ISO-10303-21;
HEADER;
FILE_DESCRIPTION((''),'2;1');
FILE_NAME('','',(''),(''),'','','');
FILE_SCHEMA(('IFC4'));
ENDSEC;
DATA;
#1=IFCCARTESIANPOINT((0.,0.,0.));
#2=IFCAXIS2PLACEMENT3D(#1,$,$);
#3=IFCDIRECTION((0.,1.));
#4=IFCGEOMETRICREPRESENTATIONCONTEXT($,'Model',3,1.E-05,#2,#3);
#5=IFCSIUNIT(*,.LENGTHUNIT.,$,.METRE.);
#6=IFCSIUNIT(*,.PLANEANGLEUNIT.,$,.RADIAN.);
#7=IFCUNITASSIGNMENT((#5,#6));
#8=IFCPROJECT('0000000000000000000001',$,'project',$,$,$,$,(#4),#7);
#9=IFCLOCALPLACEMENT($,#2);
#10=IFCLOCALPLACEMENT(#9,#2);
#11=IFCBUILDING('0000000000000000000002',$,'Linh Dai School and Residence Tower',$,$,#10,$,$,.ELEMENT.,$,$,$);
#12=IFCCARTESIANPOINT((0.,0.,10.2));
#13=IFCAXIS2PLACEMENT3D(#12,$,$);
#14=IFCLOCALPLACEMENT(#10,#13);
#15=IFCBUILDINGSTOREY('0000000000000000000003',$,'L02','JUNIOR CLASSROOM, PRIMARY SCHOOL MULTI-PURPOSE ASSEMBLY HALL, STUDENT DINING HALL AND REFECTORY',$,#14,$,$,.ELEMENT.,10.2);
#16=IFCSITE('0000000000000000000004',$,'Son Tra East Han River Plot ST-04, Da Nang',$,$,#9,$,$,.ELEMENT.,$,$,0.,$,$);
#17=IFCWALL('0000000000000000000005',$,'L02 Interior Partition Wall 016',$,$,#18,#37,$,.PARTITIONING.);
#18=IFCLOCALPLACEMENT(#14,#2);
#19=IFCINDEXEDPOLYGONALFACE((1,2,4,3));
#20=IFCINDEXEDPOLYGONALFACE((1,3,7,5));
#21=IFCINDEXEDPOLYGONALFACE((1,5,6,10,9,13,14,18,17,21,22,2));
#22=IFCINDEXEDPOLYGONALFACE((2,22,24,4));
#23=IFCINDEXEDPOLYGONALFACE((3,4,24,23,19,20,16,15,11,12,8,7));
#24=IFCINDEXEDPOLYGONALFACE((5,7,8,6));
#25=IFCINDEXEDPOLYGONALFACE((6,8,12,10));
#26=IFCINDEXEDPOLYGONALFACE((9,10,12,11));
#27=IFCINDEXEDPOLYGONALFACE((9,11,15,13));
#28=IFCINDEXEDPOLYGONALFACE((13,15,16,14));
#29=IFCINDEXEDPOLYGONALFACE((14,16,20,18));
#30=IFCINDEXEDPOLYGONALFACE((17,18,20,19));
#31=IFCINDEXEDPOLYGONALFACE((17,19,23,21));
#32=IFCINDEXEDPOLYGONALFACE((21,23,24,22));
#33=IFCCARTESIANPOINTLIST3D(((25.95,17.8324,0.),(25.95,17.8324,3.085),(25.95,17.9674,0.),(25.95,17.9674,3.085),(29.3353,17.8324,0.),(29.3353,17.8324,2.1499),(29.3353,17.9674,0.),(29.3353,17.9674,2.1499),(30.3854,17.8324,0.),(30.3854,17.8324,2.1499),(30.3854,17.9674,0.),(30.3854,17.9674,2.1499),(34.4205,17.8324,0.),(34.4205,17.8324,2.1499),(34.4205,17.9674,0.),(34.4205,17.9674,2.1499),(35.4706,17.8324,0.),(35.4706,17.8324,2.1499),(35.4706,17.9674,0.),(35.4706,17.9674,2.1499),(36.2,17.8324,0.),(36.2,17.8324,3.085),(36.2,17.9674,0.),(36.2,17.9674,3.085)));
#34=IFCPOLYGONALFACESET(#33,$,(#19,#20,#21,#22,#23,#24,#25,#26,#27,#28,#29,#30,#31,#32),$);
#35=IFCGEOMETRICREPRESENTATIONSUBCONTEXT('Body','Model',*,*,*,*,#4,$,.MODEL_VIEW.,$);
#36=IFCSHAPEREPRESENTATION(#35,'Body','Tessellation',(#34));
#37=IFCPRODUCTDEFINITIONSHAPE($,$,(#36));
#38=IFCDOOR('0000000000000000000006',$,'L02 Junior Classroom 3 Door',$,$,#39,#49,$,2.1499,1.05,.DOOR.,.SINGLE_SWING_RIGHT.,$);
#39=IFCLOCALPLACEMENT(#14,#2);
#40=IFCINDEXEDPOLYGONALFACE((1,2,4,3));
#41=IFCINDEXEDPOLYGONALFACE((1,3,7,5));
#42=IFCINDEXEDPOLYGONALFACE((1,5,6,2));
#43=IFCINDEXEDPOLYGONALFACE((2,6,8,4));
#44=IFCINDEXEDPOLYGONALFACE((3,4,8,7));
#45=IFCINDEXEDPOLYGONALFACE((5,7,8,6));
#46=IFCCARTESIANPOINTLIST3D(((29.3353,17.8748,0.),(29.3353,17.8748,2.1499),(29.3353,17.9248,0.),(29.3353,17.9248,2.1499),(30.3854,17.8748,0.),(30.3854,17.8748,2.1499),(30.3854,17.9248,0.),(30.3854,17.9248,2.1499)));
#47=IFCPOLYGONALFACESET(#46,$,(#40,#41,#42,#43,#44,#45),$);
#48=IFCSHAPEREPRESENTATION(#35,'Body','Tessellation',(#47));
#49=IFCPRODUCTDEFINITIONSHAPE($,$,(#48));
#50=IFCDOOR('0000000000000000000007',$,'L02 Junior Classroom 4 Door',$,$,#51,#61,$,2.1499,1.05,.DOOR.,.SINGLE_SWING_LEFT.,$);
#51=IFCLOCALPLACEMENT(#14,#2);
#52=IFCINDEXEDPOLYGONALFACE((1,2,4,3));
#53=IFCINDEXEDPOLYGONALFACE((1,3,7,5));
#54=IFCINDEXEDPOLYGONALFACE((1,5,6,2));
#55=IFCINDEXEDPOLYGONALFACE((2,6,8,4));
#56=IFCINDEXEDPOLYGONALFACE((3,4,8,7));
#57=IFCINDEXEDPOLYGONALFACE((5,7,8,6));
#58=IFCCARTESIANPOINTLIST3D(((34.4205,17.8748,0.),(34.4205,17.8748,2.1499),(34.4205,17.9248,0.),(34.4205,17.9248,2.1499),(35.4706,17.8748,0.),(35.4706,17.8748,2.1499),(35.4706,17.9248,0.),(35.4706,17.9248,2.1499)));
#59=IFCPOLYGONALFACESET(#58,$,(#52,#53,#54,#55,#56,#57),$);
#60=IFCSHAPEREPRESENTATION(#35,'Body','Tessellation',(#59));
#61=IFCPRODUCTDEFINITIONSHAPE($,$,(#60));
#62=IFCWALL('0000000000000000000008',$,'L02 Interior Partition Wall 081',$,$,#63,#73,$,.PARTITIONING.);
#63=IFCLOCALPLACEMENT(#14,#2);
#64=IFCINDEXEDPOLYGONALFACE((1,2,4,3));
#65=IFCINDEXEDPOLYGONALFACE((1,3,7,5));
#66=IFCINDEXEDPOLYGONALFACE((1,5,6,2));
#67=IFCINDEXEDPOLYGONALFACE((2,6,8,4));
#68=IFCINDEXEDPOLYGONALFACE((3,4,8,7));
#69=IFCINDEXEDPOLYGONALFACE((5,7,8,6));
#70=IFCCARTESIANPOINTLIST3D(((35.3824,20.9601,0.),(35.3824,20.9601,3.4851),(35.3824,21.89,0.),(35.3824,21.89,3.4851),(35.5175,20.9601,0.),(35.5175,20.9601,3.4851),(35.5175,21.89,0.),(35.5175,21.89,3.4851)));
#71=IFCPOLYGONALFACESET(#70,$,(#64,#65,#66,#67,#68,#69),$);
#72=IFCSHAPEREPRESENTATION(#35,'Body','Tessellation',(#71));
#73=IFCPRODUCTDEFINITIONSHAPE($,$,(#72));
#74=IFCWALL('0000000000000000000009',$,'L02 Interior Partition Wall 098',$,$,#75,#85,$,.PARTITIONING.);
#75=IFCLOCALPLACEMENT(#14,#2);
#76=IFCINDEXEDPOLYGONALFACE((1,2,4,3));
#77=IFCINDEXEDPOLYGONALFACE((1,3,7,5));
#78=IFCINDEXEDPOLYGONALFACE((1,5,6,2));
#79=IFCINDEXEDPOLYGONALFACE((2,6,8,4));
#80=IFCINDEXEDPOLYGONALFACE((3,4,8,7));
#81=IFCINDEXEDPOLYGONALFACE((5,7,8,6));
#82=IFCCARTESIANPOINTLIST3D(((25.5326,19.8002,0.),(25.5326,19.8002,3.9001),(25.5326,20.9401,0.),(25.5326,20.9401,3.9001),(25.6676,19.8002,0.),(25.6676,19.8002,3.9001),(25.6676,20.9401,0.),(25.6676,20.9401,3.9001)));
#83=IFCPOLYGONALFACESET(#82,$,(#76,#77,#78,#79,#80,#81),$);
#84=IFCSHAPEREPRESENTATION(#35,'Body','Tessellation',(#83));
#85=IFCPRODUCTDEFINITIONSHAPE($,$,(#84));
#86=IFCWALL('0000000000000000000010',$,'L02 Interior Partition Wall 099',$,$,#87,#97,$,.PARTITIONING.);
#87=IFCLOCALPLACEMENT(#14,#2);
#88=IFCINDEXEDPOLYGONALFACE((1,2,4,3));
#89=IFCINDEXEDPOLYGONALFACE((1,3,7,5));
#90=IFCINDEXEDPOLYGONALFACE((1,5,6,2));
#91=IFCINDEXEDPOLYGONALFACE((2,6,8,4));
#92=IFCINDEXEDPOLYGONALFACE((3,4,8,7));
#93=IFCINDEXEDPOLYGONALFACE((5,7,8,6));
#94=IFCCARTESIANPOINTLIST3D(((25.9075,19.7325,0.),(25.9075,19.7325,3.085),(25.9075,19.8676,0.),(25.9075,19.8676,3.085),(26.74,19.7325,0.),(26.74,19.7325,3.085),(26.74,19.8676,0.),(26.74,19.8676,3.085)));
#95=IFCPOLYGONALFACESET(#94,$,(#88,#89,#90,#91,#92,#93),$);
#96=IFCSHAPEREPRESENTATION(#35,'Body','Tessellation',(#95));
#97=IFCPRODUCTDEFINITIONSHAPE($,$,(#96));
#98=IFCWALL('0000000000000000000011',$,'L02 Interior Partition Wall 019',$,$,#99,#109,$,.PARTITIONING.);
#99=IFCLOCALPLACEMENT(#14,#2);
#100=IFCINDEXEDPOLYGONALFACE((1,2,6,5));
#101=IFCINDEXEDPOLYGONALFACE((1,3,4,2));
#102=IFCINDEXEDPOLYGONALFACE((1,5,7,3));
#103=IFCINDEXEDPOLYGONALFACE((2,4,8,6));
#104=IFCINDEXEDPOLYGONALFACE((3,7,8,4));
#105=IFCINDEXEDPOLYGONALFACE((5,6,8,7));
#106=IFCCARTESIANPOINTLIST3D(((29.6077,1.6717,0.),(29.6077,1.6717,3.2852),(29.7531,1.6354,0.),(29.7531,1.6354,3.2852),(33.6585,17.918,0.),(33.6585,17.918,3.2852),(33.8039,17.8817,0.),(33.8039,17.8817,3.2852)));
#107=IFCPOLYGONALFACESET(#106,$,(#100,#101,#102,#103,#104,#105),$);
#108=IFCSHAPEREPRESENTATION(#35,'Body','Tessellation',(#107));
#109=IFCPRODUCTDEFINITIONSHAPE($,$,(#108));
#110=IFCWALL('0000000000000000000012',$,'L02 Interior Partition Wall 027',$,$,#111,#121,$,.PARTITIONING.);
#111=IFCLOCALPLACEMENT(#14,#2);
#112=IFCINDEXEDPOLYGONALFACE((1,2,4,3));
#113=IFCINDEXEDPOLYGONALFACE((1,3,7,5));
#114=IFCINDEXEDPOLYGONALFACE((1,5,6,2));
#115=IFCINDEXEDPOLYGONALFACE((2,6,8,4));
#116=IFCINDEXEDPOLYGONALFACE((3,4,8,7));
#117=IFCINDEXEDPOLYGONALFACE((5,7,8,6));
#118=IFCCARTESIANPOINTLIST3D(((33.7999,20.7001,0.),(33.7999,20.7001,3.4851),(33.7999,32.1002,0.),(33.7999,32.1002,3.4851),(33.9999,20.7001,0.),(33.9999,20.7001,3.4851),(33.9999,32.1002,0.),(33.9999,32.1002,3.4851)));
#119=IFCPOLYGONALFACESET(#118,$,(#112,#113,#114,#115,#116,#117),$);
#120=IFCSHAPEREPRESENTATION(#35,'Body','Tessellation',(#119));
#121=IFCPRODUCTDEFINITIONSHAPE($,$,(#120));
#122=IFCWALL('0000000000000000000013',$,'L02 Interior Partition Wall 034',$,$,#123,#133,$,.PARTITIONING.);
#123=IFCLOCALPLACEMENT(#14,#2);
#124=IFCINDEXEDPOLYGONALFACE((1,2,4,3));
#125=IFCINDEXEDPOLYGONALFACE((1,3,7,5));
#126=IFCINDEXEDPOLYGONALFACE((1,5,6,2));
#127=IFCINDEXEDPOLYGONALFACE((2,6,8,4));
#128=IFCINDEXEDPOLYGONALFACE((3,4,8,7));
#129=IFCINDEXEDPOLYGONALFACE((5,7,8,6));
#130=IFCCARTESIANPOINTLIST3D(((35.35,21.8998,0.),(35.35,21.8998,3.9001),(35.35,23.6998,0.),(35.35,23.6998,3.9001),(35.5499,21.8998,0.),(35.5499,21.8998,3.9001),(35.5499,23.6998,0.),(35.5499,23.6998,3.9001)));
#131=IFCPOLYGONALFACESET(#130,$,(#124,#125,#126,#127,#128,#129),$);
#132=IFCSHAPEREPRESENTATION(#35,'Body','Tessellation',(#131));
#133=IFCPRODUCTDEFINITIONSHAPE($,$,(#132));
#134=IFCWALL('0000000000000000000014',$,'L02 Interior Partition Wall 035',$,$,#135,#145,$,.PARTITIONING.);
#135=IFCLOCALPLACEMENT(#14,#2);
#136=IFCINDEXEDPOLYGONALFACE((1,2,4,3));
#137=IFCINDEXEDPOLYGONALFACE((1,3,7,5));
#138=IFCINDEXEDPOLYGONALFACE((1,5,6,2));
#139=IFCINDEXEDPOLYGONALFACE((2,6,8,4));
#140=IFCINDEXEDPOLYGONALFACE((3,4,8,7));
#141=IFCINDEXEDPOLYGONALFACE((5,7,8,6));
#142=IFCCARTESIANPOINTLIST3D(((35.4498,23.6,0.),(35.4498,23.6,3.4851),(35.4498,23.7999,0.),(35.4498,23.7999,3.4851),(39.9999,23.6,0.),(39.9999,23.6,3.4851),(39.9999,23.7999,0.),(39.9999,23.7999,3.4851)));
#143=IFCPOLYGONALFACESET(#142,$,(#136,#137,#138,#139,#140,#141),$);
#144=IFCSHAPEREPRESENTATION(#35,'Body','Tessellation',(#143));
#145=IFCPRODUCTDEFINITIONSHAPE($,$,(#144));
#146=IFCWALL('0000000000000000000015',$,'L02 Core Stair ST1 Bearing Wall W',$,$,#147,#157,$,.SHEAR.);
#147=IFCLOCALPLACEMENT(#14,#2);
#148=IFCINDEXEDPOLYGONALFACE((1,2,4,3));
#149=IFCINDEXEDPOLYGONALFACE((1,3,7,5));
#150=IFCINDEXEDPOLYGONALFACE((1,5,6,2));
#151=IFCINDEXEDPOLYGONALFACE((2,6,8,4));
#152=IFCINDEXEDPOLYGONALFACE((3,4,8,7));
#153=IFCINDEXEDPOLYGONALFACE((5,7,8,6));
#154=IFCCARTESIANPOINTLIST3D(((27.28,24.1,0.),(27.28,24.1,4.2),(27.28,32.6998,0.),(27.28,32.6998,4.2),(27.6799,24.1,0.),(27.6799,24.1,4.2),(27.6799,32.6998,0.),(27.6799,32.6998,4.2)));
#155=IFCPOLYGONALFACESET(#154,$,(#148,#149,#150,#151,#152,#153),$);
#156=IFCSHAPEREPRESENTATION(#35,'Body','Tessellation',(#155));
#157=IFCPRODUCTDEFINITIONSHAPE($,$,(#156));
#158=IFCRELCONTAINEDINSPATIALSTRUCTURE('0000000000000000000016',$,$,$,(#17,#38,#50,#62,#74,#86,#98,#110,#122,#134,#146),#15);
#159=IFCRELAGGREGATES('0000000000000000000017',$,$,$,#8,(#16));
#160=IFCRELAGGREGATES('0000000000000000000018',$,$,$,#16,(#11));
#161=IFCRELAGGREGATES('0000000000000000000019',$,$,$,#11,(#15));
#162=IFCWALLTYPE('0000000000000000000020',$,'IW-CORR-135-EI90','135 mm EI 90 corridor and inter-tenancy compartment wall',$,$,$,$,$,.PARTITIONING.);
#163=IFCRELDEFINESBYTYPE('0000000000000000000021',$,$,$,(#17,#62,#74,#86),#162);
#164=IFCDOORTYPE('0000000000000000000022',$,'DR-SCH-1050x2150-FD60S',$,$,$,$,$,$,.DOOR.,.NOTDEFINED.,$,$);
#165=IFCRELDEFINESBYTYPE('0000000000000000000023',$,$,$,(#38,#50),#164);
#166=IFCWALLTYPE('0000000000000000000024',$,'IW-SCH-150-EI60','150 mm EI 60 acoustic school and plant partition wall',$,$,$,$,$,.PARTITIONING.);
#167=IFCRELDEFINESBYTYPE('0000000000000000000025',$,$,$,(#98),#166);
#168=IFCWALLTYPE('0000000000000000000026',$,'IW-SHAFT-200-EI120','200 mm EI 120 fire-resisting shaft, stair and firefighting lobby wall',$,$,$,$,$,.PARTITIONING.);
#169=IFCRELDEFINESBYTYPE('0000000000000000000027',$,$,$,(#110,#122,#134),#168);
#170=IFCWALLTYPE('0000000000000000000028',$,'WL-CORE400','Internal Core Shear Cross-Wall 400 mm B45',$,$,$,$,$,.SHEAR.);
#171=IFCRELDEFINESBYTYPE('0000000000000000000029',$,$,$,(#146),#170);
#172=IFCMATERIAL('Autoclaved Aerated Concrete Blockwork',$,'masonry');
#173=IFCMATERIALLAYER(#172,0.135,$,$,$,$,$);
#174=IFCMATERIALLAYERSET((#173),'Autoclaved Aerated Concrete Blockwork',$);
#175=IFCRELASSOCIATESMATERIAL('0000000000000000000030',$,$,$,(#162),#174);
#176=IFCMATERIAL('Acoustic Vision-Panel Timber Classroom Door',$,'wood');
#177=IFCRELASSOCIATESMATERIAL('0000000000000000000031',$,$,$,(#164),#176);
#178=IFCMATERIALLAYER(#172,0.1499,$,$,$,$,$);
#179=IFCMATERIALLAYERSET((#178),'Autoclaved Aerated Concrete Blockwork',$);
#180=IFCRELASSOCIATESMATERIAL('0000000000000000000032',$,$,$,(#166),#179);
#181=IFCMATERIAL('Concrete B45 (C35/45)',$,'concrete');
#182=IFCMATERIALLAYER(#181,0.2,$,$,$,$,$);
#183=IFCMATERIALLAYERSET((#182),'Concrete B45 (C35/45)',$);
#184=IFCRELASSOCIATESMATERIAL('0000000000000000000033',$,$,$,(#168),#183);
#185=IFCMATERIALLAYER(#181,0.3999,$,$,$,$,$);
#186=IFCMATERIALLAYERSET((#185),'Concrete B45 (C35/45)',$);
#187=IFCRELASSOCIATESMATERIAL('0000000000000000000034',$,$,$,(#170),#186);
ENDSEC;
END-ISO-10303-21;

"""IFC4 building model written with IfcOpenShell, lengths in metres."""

from ifc_helpers import new_model, si_unit, direction, frame, frame_2d, origin, origin_2d, place, context, subcontext, project, spatial, rectangle, extrude, source, transform, mapped, material, layer, layer_set, type_object, element, fill, save


model = new_model("IFC4")

# Units and contexts
model_context = context("Model", 3, precision=1e-05, world=origin(), true_north=direction((0.0, 1.0)))
body_context = subcontext(model_context, "Body", "Model", "MODEL_VIEW")
ifc_project = project(units=[si_unit("LENGTHUNIT", "METRE"), si_unit("PLANEANGLEUNIT", "RADIAN")], contexts=[model_context])

# Site, building, storey
site_placement = place(None, origin())
site = spatial("IfcSite", under=ifc_project, at=site_placement, Name="Son Tra East Han River Plot ST-04, Da Nang", CompositionType="ELEMENT", RefElevation=0.0)
building_placement = place(site_placement, origin())
building = spatial("IfcBuilding", under=site, at=building_placement, Name="Linh Dai School and Residence Tower", CompositionType="ELEMENT")
storey_placement = place(building_placement, frame((0.0, 0.0, 10.2)))
storey = spatial("IfcBuildingStorey", under=building, at=storey_placement, Name="L02", Description="JUNIOR CLASSROOM, PRIMARY SCHOOL MULTI-PURPOSE ASSEMBLY HALL, STUDENT DINING HALL AND REFECTORY", CompositionType="ELEMENT", Elevation=10.2)

# Shared definitions
ifc_material_1 = material(Name="Autoclaved Aerated Concrete Blockwork", Category="masonry")
ifc_layer_1 = layer(ifc_material_1, 0.135)
ifc_layer_set_1 = layer_set([ifc_layer_1], Name="Autoclaved Aerated Concrete Blockwork")
wall_type_1 = type_object("IfcWallType", Name="IW-CORR-135-EI90", Description="135 mm EI 90 corridor and inter-tenancy compartment wall", PredefinedType="PARTITIONING", material=ifc_layer_set_1)

# Wall, openings, doors
wall_1_placement = place(storey_placement, frame((25.95, 17.8999, 0.0), z_axis=(0.0, 0.0, 1.0), x_axis=(1.0, 0.0, 0.0)))
wall_1 = element("IfcWall", 1, at=wall_1_placement, inside=storey, type_object=wall_type_1, Name="L02 Interior Partition Wall 016", PredefinedType="PARTITIONING", context=body_context, shape_type="SweptSolid", body=[
    extrude(rectangle(XDim=10.25, YDim=0.135, at=frame_2d((5.125, 0.0))), origin(), (0.0, 0.0, 1.0), 3.085),
])
opening_1_placement = place(wall_1_placement, frame((3.3855, 0.0, 0.0)))
opening_1 = element("IfcOpeningElement", 2, at=opening_1_placement, cuts=wall_1, PredefinedType="OPENING", context=body_context, shape_type="SweptSolid", body=[
    extrude(rectangle(XDim=1.05, YDim=2.1499, at=origin_2d()), frame((0.5249, 0.0776, 1.075), z_axis=(0.0, -1.0, 0.0), x_axis=(1.0, 0.0, 0.0)), (0.0, 0.0, 1.0), 0.155),
])
opening_2_placement = place(wall_1_placement, frame((8.4707, 0.0, 0.0)))
opening_2 = element("IfcOpeningElement", 3, at=opening_2_placement, cuts=wall_1, PredefinedType="OPENING", context=body_context, shape_type="SweptSolid", body=[
    extrude(rectangle(XDim=1.05, YDim=2.1499, at=origin_2d()), frame((0.5249, 0.0776, 1.075), z_axis=(0.0, -1.0, 0.0), x_axis=(1.0, 0.0, 0.0)), (0.0, 0.0, 1.0), 0.155),
])
ifc_material_2 = material(Name="Acoustic Vision-Panel Timber Classroom Door", Category="wood")
door_type_1 = type_object("IfcDoorType", Name="DR-SCH-1050x2150-FD60S", OperationType="NOTDEFINED", PredefinedType="DOOR", material=ifc_material_2)
shared_shape_1 = source(origin(), body_context, "Body", "SweptSolid", [
    extrude(rectangle(XDim=1.05, YDim=2.1499, at=origin_2d()), frame((0.5249, 0.0249, 1.075), z_axis=(0.0, -1.0, 0.0), x_axis=(1.0, 0.0, 0.0)), (0.0, 0.0, 1.0), 0.05),
])
door_1_placement = place(opening_1_placement, origin())
door_1 = element("IfcDoor", 4, at=door_1_placement, inside=storey, type_object=door_type_1, Name="L02 Junior Classroom 3 Door", OperationType="SINGLE_SWING_RIGHT", OverallHeight=2.1499, OverallWidth=1.05, PredefinedType="DOOR", context=body_context, shape_type="MappedRepresentation", body=[
    mapped(shared_shape_1, transform((0.0, 0.0, 0.0), x_axis=(1.0, 0.0, 0.0), y_axis=(0.0, 1.0, 0.0), z_axis=(0.0, 0.0, 1.0), scale=1.0)),
])
fill(opening_1, door_1)
door_2_placement = place(opening_2_placement, origin())
door_2 = element("IfcDoor", 5, at=door_2_placement, inside=storey, type_object=door_type_1, Name="L02 Junior Classroom 4 Door", OperationType="SINGLE_SWING_LEFT", OverallHeight=2.1499, OverallWidth=1.05, PredefinedType="DOOR", context=body_context, shape_type="MappedRepresentation", body=[
    mapped(shared_shape_1, transform((0.0, 0.0, 0.0), x_axis=(1.0, 0.0, 0.0), y_axis=(0.0, 1.0, 0.0), z_axis=(0.0, 0.0, 1.0), scale=1.0)),
])
fill(opening_2, door_2)

# Walls
wall_2_placement = place(storey_placement, frame((35.45, 21.8899, 0.0), z_axis=(0.0, 0.0, 1.0), x_axis=(0.0, -1.0, 0.0)))
element("IfcWall", 6, at=wall_2_placement, inside=storey, type_object=wall_type_1, Name="L02 Interior Partition Wall 081", PredefinedType="PARTITIONING", context=body_context, shape_type="SweptSolid", body=[
    extrude(rectangle(XDim=0.9299, YDim=0.135, at=frame_2d((0.4648, 0.0))), origin(), (0.0, 0.0, 1.0), 3.4851),
])
wall_3_placement = place(storey_placement, frame((25.6001, 20.9399, 0.0), z_axis=(0.0, 0.0, 1.0), x_axis=(0.0, -1.0, 0.0)))
element("IfcWall", 7, at=wall_3_placement, inside=storey, type_object=wall_type_1, Name="L02 Interior Partition Wall 098", PredefinedType="PARTITIONING", context=body_context, shape_type="SweptSolid", body=[
    extrude(rectangle(XDim=1.1399, YDim=0.135, at=frame_2d((0.5698, 0.0))), origin(), (0.0, 0.0, 1.0), 3.9001),
])
wall_4_placement = place(storey_placement, frame((25.9075, 19.8, 0.0), z_axis=(0.0, 0.0, 1.0), x_axis=(1.0, 0.0, 0.0)))
element("IfcWall", 8, at=wall_4_placement, inside=storey, type_object=wall_type_1, Name="L02 Interior Partition Wall 099", PredefinedType="PARTITIONING", context=body_context, shape_type="SweptSolid", body=[
    extrude(rectangle(XDim=0.8325, YDim=0.135, at=frame_2d((0.4163, 0.0))), origin(), (0.0, 0.0, 1.0), 3.085),
])
ifc_layer_2 = layer(ifc_material_1, 0.1499)
ifc_layer_set_2 = layer_set([ifc_layer_2], Name="Autoclaved Aerated Concrete Blockwork")
wall_type_2 = type_object("IfcWallType", Name="IW-SCH-150-EI60", Description="150 mm EI 60 acoustic school and plant partition wall", PredefinedType="PARTITIONING", material=ifc_layer_set_2)
wall_5_placement = place(storey_placement, frame((29.6804, 1.6536, 0.0), z_axis=(0.0, 0.0, 1.0), x_axis=(0.241928, 0.970294, 0.0)))
element("IfcWall", 9, at=wall_5_placement, inside=storey, type_object=wall_type_2, Name="L02 Interior Partition Wall 019", PredefinedType="PARTITIONING", context=body_context, shape_type="SweptSolid", body=[
    extrude(rectangle(XDim=16.7437, YDim=0.1499, at=frame_2d((8.3718, 0.0))), origin(), (0.0, 0.0, 1.0), 3.2852),
])

# Shared definitions
ifc_material_3 = material(Name="Concrete B45 (C35/45)", Category="concrete")
ifc_layer_3 = layer(ifc_material_3, 0.2)
ifc_layer_set_3 = layer_set([ifc_layer_3], Name="Concrete B45 (C35/45)")
wall_type_3 = type_object("IfcWallType", Name="IW-SHAFT-200-EI120", Description="200 mm EI 120 fire-resisting shaft, stair and firefighting lobby wall", PredefinedType="PARTITIONING", material=ifc_layer_set_3)

# Walls
wall_6_placement = place(storey_placement, frame((33.8999, 20.7, 0.0), z_axis=(0.0, 0.0, 1.0), x_axis=(0.0, 1.0, 0.0)))
element("IfcWall", 10, at=wall_6_placement, inside=storey, type_object=wall_type_3, Name="L02 Interior Partition Wall 027", PredefinedType="PARTITIONING", context=body_context, shape_type="SweptSolid", body=[
    extrude(rectangle(XDim=11.4001, YDim=0.2, at=frame_2d((5.7002, 0.0))), origin(), (0.0, 0.0, 1.0), 3.4851),
])
wall_7_placement = place(storey_placement, frame((35.45, 21.8999, 0.0), z_axis=(0.0, 0.0, 1.0), x_axis=(0.0, 1.0, 0.0)))
element("IfcWall", 11, at=wall_7_placement, inside=storey, type_object=wall_type_3, Name="L02 Interior Partition Wall 034", PredefinedType="PARTITIONING", context=body_context, shape_type="SweptSolid", body=[
    extrude(rectangle(XDim=1.8, YDim=0.2, at=frame_2d((0.8999, 0.0))), origin(), (0.0, 0.0, 1.0), 3.9001),
])
wall_8_placement = place(storey_placement, frame((35.45, 23.7, 0.0), z_axis=(0.0, 0.0, 1.0), x_axis=(1.0, 0.0, 0.0)))
element("IfcWall", 12, at=wall_8_placement, inside=storey, type_object=wall_type_3, Name="L02 Interior Partition Wall 035", PredefinedType="PARTITIONING", context=body_context, shape_type="SweptSolid", body=[
    extrude(rectangle(XDim=4.55, YDim=0.2, at=frame_2d((2.2749, 0.0))), origin(), (0.0, 0.0, 1.0), 3.4851),
])
ifc_layer_4 = layer(ifc_material_3, 0.3999)
ifc_layer_set_4 = layer_set([ifc_layer_4], Name="Concrete B45 (C35/45)")
wall_type_4 = type_object("IfcWallType", Name="WL-CORE400", Description="Internal Core Shear Cross-Wall 400 mm B45", PredefinedType="SHEAR", material=ifc_layer_set_4)
wall_9_placement = place(storey_placement, frame((27.48, 24.1001, 0.0), z_axis=(0.0, 0.0, 1.0), x_axis=(0.0, 1.0, 0.0)))
element("IfcWall", 13, at=wall_9_placement, inside=storey, type_object=wall_type_4, Name="L02 Core Stair ST1 Bearing Wall W", PredefinedType="SHEAR", context=body_context, shape_type="SweptSolid", body=[
    extrude(rectangle(XDim=8.5999, YDim=0.3999, at=frame_2d((4.2998, 0.0))), origin(), (0.0, 0.0, 1.0), 4.2),
])

save(model, "model.ifc")
